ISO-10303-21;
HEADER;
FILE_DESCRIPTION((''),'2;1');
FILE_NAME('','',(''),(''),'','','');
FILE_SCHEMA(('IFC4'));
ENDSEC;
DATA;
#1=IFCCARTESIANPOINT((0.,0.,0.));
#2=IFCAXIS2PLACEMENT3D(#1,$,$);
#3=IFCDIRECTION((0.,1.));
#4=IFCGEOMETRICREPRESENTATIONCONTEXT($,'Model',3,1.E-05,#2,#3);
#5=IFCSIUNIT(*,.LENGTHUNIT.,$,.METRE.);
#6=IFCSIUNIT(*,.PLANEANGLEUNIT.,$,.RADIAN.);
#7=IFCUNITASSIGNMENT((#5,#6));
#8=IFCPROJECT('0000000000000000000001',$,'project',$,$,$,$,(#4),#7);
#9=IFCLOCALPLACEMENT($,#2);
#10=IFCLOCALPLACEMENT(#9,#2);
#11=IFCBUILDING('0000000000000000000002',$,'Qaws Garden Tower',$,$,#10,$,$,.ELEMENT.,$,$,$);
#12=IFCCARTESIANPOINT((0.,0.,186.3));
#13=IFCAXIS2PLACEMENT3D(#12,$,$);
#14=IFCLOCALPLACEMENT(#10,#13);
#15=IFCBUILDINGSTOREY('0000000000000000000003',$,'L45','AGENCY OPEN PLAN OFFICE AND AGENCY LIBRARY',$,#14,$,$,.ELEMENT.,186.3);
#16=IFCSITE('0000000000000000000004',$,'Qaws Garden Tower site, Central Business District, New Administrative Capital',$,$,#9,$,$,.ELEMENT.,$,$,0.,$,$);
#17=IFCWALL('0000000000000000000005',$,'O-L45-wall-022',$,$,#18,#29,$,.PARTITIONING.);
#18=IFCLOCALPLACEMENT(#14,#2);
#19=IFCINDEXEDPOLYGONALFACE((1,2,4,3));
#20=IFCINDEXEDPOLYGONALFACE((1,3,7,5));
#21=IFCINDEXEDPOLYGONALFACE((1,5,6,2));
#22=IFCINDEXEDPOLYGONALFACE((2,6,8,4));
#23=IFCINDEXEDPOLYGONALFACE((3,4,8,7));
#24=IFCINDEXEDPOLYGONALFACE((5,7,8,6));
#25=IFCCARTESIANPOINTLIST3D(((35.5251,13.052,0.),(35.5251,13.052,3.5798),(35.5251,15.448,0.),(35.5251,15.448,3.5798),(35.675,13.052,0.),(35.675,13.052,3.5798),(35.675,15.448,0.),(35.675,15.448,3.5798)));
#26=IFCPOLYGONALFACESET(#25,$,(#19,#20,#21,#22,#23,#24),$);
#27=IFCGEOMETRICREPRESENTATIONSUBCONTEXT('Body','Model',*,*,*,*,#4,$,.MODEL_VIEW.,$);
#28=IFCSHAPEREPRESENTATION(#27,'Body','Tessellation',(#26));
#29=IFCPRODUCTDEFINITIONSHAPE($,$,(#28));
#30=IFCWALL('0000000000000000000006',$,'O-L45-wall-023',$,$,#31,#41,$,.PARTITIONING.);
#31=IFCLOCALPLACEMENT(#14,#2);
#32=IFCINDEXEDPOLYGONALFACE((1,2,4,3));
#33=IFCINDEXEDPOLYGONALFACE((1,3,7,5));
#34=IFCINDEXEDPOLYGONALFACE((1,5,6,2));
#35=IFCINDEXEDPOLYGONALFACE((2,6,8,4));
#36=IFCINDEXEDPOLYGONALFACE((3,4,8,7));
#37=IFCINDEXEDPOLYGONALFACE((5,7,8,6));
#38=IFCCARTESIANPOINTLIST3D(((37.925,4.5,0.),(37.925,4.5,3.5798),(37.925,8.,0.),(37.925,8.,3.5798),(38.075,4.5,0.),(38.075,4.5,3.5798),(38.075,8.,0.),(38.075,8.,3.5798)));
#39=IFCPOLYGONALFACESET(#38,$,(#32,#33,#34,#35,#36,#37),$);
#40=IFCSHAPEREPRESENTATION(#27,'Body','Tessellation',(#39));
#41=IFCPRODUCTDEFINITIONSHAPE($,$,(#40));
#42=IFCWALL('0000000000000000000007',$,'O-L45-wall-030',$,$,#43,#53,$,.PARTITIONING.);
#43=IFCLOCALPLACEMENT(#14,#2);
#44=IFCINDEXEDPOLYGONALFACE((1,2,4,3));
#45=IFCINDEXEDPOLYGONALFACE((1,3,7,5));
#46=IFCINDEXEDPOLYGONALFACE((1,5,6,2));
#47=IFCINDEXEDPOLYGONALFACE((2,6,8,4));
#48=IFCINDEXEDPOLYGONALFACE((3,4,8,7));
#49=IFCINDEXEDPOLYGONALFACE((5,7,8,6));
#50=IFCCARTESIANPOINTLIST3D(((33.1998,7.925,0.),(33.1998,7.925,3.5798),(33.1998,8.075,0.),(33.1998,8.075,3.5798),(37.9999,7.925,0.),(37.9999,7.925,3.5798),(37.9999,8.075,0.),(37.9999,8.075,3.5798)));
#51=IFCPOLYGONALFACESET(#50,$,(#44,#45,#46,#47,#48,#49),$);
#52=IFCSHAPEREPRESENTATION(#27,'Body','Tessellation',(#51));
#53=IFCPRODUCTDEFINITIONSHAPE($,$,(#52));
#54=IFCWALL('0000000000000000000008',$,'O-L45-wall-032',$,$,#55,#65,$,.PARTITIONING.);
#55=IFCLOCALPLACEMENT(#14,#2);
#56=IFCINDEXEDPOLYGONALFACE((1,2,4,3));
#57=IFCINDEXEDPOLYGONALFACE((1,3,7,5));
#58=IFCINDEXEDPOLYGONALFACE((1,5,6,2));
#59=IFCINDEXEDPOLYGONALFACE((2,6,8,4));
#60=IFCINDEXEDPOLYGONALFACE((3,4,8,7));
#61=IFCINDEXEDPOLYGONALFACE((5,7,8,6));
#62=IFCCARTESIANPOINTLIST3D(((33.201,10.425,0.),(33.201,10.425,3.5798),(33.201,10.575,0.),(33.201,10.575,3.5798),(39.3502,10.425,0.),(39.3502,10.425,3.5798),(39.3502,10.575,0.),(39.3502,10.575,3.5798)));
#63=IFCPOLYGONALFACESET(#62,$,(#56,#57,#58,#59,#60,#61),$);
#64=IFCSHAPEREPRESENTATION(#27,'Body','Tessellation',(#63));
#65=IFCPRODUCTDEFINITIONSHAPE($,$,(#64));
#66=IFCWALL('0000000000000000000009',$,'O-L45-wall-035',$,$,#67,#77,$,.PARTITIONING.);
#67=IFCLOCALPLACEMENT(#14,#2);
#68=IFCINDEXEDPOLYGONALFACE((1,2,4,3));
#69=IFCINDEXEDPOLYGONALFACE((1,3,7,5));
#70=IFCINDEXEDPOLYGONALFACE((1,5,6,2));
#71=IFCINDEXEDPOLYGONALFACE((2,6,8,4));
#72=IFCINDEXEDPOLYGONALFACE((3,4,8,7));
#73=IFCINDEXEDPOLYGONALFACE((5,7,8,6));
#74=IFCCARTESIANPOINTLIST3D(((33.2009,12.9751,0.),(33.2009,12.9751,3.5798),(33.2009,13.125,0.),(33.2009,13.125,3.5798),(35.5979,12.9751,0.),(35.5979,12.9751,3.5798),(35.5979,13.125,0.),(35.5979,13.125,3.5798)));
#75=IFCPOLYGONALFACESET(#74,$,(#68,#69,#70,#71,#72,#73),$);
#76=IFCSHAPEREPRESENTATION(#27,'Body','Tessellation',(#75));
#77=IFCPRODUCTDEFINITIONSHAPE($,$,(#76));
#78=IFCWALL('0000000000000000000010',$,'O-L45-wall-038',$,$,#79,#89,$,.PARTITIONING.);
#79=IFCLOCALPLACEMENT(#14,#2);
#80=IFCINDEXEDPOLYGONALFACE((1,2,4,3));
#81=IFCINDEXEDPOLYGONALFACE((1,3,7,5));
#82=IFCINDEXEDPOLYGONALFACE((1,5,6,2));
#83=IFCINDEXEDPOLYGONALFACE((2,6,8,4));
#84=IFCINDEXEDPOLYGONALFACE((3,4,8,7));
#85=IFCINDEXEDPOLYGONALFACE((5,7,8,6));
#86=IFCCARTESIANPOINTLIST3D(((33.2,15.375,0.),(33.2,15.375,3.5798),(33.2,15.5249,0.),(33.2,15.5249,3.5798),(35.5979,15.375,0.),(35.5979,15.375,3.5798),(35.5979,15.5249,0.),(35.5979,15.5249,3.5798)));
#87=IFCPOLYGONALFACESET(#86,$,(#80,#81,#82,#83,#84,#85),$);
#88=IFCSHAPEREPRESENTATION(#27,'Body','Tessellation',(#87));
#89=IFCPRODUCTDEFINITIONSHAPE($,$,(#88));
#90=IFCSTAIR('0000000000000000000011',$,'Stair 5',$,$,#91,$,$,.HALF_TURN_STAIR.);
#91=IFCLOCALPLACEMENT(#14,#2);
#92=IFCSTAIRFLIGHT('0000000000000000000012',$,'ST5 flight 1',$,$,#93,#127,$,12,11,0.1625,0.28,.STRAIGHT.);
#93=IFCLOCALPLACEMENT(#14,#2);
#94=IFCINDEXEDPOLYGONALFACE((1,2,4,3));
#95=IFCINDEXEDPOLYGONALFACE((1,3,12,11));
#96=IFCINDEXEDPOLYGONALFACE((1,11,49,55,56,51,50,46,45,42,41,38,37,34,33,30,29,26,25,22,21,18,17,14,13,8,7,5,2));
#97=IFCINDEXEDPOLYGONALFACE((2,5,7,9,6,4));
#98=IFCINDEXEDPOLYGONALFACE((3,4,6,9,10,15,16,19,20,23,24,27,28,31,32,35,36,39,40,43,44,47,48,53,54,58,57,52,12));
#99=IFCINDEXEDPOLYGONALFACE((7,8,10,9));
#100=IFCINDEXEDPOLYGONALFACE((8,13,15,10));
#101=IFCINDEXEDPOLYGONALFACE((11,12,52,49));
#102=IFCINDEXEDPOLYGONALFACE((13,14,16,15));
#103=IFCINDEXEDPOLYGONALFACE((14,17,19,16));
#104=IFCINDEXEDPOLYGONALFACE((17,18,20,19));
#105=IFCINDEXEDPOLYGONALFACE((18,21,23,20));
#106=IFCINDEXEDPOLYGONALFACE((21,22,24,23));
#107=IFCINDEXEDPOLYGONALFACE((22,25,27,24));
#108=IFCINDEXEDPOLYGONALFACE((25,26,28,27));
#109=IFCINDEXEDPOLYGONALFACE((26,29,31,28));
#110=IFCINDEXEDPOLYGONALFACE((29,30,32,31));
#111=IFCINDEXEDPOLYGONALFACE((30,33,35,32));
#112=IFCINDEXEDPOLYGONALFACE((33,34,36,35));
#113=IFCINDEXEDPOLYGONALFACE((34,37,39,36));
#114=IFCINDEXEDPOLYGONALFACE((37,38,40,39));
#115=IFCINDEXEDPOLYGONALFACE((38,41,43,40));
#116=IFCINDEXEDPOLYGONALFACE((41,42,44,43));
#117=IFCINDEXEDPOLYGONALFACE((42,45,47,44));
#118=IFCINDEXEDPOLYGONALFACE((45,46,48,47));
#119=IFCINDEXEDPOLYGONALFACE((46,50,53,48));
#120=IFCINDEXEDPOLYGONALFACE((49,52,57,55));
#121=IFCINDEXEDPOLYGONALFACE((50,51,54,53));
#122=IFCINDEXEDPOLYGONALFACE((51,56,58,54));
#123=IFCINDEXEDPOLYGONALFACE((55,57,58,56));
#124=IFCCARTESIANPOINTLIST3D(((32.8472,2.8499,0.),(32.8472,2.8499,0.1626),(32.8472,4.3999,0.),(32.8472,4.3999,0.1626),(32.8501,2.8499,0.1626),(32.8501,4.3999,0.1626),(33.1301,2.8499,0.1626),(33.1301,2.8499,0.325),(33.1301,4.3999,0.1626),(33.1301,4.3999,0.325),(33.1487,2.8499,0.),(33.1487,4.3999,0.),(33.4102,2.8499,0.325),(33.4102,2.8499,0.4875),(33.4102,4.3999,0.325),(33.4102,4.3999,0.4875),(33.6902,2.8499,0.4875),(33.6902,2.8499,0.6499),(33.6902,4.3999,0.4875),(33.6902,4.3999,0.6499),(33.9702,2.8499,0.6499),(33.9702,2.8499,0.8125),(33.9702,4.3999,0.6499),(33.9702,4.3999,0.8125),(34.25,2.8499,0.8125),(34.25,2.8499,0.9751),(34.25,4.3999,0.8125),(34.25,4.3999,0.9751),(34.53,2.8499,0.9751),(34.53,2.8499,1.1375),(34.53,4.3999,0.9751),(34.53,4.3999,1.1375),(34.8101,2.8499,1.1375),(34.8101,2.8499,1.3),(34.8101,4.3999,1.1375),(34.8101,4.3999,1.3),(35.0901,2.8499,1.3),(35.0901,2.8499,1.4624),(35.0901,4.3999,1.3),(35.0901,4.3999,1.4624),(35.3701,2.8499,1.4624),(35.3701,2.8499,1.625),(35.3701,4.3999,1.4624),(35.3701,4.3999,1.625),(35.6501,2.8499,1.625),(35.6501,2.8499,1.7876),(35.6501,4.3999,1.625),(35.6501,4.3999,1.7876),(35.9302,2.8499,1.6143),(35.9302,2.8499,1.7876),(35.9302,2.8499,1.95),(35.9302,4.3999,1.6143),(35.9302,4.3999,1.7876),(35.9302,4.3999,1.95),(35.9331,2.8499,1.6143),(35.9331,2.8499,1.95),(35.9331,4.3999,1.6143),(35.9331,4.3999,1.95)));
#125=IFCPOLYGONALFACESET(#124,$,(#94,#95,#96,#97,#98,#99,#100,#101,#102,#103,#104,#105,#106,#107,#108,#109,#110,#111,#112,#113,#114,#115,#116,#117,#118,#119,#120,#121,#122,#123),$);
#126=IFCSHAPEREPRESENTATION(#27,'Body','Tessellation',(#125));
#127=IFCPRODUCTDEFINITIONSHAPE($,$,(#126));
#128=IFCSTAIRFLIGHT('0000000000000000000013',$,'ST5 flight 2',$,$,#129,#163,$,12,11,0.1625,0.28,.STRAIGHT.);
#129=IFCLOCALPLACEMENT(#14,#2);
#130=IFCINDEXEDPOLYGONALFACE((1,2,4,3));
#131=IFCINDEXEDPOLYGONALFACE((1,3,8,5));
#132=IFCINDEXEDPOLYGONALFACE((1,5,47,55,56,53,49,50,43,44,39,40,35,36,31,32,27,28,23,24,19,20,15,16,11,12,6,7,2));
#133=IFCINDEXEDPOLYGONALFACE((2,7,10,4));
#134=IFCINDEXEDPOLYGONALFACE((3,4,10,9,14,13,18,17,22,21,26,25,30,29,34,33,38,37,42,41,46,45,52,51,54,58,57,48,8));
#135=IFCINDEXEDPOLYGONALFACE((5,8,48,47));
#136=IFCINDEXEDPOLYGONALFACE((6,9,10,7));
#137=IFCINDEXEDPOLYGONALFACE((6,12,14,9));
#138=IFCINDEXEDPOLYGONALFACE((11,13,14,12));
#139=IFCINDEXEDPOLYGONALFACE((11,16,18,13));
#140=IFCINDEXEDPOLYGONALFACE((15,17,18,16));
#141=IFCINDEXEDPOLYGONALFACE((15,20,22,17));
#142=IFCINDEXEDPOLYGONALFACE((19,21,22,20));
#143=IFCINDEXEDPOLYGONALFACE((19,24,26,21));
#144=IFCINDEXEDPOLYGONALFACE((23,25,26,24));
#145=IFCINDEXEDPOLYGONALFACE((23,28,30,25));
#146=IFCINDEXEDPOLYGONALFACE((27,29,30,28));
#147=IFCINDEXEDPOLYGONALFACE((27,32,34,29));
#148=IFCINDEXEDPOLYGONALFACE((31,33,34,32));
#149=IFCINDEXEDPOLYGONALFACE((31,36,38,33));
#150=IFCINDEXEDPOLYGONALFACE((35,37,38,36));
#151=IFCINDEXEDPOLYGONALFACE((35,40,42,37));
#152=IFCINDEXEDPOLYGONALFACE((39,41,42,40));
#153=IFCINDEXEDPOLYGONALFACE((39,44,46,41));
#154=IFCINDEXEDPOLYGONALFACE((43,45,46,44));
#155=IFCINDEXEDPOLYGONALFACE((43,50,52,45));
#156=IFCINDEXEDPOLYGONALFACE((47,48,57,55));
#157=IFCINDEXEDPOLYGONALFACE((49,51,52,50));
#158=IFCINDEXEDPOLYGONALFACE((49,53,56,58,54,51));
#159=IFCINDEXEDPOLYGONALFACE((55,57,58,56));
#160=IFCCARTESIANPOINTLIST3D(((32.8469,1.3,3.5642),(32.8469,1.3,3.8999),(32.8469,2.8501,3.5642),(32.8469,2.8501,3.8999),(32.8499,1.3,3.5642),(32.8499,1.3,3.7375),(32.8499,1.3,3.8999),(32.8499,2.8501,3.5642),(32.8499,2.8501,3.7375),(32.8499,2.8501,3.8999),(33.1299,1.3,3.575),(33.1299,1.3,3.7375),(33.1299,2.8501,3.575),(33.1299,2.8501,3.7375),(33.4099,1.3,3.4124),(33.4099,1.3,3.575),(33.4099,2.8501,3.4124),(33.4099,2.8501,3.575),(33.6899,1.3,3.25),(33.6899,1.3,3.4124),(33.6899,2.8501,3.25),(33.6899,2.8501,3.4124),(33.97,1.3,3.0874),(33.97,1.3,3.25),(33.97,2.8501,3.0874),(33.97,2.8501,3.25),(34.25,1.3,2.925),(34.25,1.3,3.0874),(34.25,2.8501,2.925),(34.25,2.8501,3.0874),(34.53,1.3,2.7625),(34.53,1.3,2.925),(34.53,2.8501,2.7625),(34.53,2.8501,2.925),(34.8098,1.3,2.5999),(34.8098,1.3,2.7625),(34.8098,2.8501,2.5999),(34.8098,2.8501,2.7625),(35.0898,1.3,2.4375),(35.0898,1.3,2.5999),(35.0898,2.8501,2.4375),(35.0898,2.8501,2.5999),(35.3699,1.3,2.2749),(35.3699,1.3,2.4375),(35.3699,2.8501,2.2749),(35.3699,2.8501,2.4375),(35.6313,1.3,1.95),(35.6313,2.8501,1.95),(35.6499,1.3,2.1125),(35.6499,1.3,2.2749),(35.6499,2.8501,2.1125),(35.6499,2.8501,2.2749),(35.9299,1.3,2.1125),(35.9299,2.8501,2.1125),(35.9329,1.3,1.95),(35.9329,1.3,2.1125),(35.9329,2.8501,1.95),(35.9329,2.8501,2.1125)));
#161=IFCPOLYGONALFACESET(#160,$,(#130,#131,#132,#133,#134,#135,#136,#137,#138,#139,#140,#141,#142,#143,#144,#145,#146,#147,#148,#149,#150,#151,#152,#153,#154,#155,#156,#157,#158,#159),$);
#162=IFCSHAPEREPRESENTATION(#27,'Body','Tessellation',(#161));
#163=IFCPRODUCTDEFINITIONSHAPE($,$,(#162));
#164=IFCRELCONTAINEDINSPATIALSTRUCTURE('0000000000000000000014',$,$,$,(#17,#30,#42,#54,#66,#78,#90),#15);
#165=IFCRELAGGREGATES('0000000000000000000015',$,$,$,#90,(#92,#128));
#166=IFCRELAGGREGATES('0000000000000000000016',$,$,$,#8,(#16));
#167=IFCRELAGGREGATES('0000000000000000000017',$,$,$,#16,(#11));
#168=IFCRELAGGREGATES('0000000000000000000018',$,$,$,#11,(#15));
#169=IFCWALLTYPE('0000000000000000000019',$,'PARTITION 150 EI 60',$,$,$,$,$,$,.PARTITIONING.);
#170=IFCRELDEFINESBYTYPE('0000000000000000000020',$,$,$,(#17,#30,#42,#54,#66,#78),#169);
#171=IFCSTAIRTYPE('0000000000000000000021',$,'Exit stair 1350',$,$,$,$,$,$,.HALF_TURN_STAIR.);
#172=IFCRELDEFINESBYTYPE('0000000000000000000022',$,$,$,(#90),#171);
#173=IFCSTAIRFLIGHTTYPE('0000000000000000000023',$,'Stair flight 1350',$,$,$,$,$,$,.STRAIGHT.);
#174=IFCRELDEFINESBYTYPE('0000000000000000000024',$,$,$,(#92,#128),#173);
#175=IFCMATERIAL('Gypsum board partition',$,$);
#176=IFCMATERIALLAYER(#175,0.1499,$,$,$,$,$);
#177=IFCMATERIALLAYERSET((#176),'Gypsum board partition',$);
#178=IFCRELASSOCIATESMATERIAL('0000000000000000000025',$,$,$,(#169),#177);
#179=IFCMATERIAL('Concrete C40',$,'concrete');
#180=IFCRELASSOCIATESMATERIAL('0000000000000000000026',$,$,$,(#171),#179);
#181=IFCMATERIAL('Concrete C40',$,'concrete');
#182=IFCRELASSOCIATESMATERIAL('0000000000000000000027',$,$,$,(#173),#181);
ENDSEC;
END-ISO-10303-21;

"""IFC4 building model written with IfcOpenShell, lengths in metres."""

from ifc_helpers import new_model, si_unit, direction, frame, frame_2d, origin, place, context, subcontext, project, spatial, polyline, rectangle, outline, extrude, material, layer, layer_set, type_object, element, aggregate, save


model = new_model("IFC4")

# Units and contexts
model_context = context("Model", 3, precision=1e-05, world=origin(), true_north=direction((0.0, 1.0)))
body_context = subcontext(model_context, "Body", "Model", "MODEL_VIEW")
ifc_project = project(units=[si_unit("LENGTHUNIT", "METRE"), si_unit("PLANEANGLEUNIT", "RADIAN")], contexts=[model_context])

# Site, building, storey
site_placement = place(None, origin())
site = spatial("IfcSite", under=ifc_project, at=site_placement, Name="Qaws Garden Tower site, Central Business District, New Administrative Capital", CompositionType="ELEMENT", RefElevation=0.0)
building_placement = place(site_placement, origin())
building = spatial("IfcBuilding", under=site, at=building_placement, Name="Qaws Garden Tower", CompositionType="ELEMENT")
storey_placement = place(building_placement, frame((0.0, 0.0, 186.3)))
storey = spatial("IfcBuildingStorey", under=building, at=storey_placement, Name="L45", Description="AGENCY OPEN PLAN OFFICE AND AGENCY LIBRARY", CompositionType="ELEMENT", Elevation=186.3)

# Shared definitions
ifc_material_1 = material(Name="Gypsum board partition")
ifc_layer_1 = layer(ifc_material_1, 0.1499)
ifc_layer_set_1 = layer_set([ifc_layer_1], Name="Gypsum board partition")
wall_type_1 = type_object("IfcWallType", Name="PARTITION 150 EI 60", PredefinedType="PARTITIONING", material=ifc_layer_set_1)

# Walls
wall_1_placement = place(storey_placement, frame((35.6001, 13.052, 0.0), z_axis=(0.0, 0.0, 1.0), x_axis=(0.0, 1.0, 0.0)))
element("IfcWall", 1, at=wall_1_placement, inside=storey, type_object=wall_type_1, Name="O-L45-wall-022", PredefinedType="PARTITIONING", context=body_context, shape_type="SweptSolid", body=[
    extrude(rectangle(XDim=2.396, YDim=0.1499, at=frame_2d((1.198, 0.0))), origin(), (0.0, 0.0, 1.0), 3.5798),
])
wall_2_placement = place(storey_placement, frame((38.0, 4.5, 0.0), z_axis=(0.0, 0.0, 1.0), x_axis=(0.0, 1.0, 0.0)))
element("IfcWall", 2, at=wall_2_placement, inside=storey, type_object=wall_type_1, Name="O-L45-wall-023", PredefinedType="PARTITIONING", context=body_context, shape_type="SweptSolid", body=[
    extrude(rectangle(XDim=3.5, YDim=0.1499, at=frame_2d((1.75, 0.0))), origin(), (0.0, 0.0, 1.0), 3.5798),
])
wall_3_placement = place(storey_placement, frame((33.2, 8.0, 0.0), z_axis=(0.0, 0.0, 1.0), x_axis=(1.0, 0.0, 0.0)))
element("IfcWall", 3, at=wall_3_placement, inside=storey, type_object=wall_type_1, Name="O-L45-wall-030", PredefinedType="PARTITIONING", context=body_context, shape_type="SweptSolid", body=[
    extrude(rectangle(XDim=4.8, YDim=0.1499, at=frame_2d((2.3999, 0.0))), origin(), (0.0, 0.0, 1.0), 3.5798),
])
wall_4_placement = place(storey_placement, frame((33.2009, 10.5, 0.0), z_axis=(0.0, 0.0, 1.0), x_axis=(1.0, 0.0, 0.0)))
element("IfcWall", 4, at=wall_4_placement, inside=storey, type_object=wall_type_1, Name="O-L45-wall-032", PredefinedType="PARTITIONING", context=body_context, shape_type="SweptSolid", body=[
    extrude(rectangle(XDim=6.1492, YDim=0.1499, at=frame_2d((3.0747, 0.0))), origin(), (0.0, 0.0, 1.0), 3.5798),
])
wall_5_placement = place(storey_placement, frame((33.2009, 13.05, 0.0), z_axis=(0.0, 0.0, 1.0), x_axis=(1.0, 0.0, 0.0)))
element("IfcWall", 5, at=wall_5_placement, inside=storey, type_object=wall_type_1, Name="O-L45-wall-035", PredefinedType="PARTITIONING", context=body_context, shape_type="SweptSolid", body=[
    extrude(rectangle(XDim=2.397, YDim=0.1499, at=frame_2d((1.1985, 0.0))), origin(), (0.0, 0.0, 1.0), 3.5798),
])
wall_6_placement = place(storey_placement, frame((33.2, 15.45, 0.0), z_axis=(0.0, 0.0, 1.0), x_axis=(1.0, 0.0, 0.0)))
element("IfcWall", 6, at=wall_6_placement, inside=storey, type_object=wall_type_1, Name="O-L45-wall-038", PredefinedType="PARTITIONING", context=body_context, shape_type="SweptSolid", body=[
    extrude(rectangle(XDim=2.3979, YDim=0.1499, at=frame_2d((1.199, 0.0))), origin(), (0.0, 0.0, 1.0), 3.5798),
])

# Stair, stair flights
ifc_material_2 = material(Name="Concrete C40", Category="concrete")
stair_type = type_object("IfcStairType", Name="Exit stair 1350", PredefinedType="HALF_TURN_STAIR", material=ifc_material_2)
stair_placement = place(storey_placement, origin())
stair = element("IfcStair", 7, at=stair_placement, inside=storey, type_object=stair_type, Name="Stair 5", PredefinedType="HALF_TURN_STAIR")
ifc_material_3 = material(Name="Concrete C40", Category="concrete")
stair_flight_type = type_object("IfcStairFlightType", Name="Stair flight 1350", PredefinedType="STRAIGHT", material=ifc_material_3)
stair_flight_1_placement = place(storey_placement, frame((32.8501, 3.625, 0.0), z_axis=(0.0, 0.0, 1.0), x_axis=(1.0, 0.0, 0.0)))
stair_flight_1 = element("IfcStairFlight", 8, at=stair_flight_1_placement, type_object=stair_flight_type, Name="ST5 flight 1", NumberOfRisers=12, NumberOfTreads=11, PredefinedType="STRAIGHT", RiserHeight=0.1625, TreadLength=0.28, context=body_context, shape_type="SweptSolid", body=[
    extrude(outline(polyline([(-0.0029, 0.0), (-0.0029, 0.1626), (0.0, 0.1626), (0.28, 0.1626), (0.28, 0.325), (0.5601, 0.325), (0.5601, 0.4875), (0.8401, 0.4875), (0.8401, 0.6499), (1.1201, 0.6499), (1.1201, 0.8125), (1.3999, 0.8125), (1.3999, 0.9751), (1.6799, 0.9751), (1.6799, 1.1375), (1.96, 1.1375), (1.96, 1.3), (2.24, 1.3), (2.24, 1.4624), (2.52, 1.4624), (2.52, 1.625), (2.8, 1.625), (2.8, 1.7876), (3.0801, 1.7876), (3.0801, 1.95), (3.083, 1.95), (3.083, 1.6143), (3.0801, 1.6143), (0.2986, 0.0), (-0.0029, 0.0)])), frame((0.0, 0.7749, 0.0), z_axis=(0.0, -1.0, 0.0), x_axis=(1.0, 0.0, 0.0)), (0.0, 0.0, 1.0), 1.55),
])
stair_flight_2_placement = place(storey_placement, frame((35.9299, 2.075, 1.95), z_axis=(0.0, 0.0, 1.0), x_axis=(-1.0, 0.0, 0.0)))
stair_flight_2 = element("IfcStairFlight", 9, at=stair_flight_2_placement, type_object=stair_flight_type, Name="ST5 flight 2", NumberOfRisers=12, NumberOfTreads=11, PredefinedType="STRAIGHT", RiserHeight=0.1625, TreadLength=0.28, context=body_context, shape_type="SweptSolid", body=[
    extrude(outline(polyline([(-0.0029, 0.0), (-0.0029, 0.1626), (0.0, 0.1626), (0.28, 0.1626), (0.28, 0.325), (0.5601, 0.325), (0.5601, 0.4875), (0.8401, 0.4875), (0.8401, 0.6499), (1.1201, 0.6499), (1.1201, 0.8125), (1.3999, 0.8125), (1.3999, 0.9751), (1.6799, 0.9751), (1.6799, 1.1375), (1.96, 1.1375), (1.96, 1.3), (2.24, 1.3), (2.24, 1.4624), (2.52, 1.4624), (2.52, 1.625), (2.8, 1.625), (2.8, 1.7876), (3.0801, 1.7876), (3.0801, 1.95), (3.083, 1.95), (3.083, 1.6143), (3.0801, 1.6143), (0.2986, 0.0), (-0.0029, 0.0)])), frame((0.0, 0.7749, 0.0), z_axis=(0.0, -1.0, 0.0), x_axis=(1.0, 0.0, 0.0)), (0.0, 0.0, 1.0), 1.55),
])
aggregate(stair, [stair_flight_1, stair_flight_2])

save(model, "model.ifc")
